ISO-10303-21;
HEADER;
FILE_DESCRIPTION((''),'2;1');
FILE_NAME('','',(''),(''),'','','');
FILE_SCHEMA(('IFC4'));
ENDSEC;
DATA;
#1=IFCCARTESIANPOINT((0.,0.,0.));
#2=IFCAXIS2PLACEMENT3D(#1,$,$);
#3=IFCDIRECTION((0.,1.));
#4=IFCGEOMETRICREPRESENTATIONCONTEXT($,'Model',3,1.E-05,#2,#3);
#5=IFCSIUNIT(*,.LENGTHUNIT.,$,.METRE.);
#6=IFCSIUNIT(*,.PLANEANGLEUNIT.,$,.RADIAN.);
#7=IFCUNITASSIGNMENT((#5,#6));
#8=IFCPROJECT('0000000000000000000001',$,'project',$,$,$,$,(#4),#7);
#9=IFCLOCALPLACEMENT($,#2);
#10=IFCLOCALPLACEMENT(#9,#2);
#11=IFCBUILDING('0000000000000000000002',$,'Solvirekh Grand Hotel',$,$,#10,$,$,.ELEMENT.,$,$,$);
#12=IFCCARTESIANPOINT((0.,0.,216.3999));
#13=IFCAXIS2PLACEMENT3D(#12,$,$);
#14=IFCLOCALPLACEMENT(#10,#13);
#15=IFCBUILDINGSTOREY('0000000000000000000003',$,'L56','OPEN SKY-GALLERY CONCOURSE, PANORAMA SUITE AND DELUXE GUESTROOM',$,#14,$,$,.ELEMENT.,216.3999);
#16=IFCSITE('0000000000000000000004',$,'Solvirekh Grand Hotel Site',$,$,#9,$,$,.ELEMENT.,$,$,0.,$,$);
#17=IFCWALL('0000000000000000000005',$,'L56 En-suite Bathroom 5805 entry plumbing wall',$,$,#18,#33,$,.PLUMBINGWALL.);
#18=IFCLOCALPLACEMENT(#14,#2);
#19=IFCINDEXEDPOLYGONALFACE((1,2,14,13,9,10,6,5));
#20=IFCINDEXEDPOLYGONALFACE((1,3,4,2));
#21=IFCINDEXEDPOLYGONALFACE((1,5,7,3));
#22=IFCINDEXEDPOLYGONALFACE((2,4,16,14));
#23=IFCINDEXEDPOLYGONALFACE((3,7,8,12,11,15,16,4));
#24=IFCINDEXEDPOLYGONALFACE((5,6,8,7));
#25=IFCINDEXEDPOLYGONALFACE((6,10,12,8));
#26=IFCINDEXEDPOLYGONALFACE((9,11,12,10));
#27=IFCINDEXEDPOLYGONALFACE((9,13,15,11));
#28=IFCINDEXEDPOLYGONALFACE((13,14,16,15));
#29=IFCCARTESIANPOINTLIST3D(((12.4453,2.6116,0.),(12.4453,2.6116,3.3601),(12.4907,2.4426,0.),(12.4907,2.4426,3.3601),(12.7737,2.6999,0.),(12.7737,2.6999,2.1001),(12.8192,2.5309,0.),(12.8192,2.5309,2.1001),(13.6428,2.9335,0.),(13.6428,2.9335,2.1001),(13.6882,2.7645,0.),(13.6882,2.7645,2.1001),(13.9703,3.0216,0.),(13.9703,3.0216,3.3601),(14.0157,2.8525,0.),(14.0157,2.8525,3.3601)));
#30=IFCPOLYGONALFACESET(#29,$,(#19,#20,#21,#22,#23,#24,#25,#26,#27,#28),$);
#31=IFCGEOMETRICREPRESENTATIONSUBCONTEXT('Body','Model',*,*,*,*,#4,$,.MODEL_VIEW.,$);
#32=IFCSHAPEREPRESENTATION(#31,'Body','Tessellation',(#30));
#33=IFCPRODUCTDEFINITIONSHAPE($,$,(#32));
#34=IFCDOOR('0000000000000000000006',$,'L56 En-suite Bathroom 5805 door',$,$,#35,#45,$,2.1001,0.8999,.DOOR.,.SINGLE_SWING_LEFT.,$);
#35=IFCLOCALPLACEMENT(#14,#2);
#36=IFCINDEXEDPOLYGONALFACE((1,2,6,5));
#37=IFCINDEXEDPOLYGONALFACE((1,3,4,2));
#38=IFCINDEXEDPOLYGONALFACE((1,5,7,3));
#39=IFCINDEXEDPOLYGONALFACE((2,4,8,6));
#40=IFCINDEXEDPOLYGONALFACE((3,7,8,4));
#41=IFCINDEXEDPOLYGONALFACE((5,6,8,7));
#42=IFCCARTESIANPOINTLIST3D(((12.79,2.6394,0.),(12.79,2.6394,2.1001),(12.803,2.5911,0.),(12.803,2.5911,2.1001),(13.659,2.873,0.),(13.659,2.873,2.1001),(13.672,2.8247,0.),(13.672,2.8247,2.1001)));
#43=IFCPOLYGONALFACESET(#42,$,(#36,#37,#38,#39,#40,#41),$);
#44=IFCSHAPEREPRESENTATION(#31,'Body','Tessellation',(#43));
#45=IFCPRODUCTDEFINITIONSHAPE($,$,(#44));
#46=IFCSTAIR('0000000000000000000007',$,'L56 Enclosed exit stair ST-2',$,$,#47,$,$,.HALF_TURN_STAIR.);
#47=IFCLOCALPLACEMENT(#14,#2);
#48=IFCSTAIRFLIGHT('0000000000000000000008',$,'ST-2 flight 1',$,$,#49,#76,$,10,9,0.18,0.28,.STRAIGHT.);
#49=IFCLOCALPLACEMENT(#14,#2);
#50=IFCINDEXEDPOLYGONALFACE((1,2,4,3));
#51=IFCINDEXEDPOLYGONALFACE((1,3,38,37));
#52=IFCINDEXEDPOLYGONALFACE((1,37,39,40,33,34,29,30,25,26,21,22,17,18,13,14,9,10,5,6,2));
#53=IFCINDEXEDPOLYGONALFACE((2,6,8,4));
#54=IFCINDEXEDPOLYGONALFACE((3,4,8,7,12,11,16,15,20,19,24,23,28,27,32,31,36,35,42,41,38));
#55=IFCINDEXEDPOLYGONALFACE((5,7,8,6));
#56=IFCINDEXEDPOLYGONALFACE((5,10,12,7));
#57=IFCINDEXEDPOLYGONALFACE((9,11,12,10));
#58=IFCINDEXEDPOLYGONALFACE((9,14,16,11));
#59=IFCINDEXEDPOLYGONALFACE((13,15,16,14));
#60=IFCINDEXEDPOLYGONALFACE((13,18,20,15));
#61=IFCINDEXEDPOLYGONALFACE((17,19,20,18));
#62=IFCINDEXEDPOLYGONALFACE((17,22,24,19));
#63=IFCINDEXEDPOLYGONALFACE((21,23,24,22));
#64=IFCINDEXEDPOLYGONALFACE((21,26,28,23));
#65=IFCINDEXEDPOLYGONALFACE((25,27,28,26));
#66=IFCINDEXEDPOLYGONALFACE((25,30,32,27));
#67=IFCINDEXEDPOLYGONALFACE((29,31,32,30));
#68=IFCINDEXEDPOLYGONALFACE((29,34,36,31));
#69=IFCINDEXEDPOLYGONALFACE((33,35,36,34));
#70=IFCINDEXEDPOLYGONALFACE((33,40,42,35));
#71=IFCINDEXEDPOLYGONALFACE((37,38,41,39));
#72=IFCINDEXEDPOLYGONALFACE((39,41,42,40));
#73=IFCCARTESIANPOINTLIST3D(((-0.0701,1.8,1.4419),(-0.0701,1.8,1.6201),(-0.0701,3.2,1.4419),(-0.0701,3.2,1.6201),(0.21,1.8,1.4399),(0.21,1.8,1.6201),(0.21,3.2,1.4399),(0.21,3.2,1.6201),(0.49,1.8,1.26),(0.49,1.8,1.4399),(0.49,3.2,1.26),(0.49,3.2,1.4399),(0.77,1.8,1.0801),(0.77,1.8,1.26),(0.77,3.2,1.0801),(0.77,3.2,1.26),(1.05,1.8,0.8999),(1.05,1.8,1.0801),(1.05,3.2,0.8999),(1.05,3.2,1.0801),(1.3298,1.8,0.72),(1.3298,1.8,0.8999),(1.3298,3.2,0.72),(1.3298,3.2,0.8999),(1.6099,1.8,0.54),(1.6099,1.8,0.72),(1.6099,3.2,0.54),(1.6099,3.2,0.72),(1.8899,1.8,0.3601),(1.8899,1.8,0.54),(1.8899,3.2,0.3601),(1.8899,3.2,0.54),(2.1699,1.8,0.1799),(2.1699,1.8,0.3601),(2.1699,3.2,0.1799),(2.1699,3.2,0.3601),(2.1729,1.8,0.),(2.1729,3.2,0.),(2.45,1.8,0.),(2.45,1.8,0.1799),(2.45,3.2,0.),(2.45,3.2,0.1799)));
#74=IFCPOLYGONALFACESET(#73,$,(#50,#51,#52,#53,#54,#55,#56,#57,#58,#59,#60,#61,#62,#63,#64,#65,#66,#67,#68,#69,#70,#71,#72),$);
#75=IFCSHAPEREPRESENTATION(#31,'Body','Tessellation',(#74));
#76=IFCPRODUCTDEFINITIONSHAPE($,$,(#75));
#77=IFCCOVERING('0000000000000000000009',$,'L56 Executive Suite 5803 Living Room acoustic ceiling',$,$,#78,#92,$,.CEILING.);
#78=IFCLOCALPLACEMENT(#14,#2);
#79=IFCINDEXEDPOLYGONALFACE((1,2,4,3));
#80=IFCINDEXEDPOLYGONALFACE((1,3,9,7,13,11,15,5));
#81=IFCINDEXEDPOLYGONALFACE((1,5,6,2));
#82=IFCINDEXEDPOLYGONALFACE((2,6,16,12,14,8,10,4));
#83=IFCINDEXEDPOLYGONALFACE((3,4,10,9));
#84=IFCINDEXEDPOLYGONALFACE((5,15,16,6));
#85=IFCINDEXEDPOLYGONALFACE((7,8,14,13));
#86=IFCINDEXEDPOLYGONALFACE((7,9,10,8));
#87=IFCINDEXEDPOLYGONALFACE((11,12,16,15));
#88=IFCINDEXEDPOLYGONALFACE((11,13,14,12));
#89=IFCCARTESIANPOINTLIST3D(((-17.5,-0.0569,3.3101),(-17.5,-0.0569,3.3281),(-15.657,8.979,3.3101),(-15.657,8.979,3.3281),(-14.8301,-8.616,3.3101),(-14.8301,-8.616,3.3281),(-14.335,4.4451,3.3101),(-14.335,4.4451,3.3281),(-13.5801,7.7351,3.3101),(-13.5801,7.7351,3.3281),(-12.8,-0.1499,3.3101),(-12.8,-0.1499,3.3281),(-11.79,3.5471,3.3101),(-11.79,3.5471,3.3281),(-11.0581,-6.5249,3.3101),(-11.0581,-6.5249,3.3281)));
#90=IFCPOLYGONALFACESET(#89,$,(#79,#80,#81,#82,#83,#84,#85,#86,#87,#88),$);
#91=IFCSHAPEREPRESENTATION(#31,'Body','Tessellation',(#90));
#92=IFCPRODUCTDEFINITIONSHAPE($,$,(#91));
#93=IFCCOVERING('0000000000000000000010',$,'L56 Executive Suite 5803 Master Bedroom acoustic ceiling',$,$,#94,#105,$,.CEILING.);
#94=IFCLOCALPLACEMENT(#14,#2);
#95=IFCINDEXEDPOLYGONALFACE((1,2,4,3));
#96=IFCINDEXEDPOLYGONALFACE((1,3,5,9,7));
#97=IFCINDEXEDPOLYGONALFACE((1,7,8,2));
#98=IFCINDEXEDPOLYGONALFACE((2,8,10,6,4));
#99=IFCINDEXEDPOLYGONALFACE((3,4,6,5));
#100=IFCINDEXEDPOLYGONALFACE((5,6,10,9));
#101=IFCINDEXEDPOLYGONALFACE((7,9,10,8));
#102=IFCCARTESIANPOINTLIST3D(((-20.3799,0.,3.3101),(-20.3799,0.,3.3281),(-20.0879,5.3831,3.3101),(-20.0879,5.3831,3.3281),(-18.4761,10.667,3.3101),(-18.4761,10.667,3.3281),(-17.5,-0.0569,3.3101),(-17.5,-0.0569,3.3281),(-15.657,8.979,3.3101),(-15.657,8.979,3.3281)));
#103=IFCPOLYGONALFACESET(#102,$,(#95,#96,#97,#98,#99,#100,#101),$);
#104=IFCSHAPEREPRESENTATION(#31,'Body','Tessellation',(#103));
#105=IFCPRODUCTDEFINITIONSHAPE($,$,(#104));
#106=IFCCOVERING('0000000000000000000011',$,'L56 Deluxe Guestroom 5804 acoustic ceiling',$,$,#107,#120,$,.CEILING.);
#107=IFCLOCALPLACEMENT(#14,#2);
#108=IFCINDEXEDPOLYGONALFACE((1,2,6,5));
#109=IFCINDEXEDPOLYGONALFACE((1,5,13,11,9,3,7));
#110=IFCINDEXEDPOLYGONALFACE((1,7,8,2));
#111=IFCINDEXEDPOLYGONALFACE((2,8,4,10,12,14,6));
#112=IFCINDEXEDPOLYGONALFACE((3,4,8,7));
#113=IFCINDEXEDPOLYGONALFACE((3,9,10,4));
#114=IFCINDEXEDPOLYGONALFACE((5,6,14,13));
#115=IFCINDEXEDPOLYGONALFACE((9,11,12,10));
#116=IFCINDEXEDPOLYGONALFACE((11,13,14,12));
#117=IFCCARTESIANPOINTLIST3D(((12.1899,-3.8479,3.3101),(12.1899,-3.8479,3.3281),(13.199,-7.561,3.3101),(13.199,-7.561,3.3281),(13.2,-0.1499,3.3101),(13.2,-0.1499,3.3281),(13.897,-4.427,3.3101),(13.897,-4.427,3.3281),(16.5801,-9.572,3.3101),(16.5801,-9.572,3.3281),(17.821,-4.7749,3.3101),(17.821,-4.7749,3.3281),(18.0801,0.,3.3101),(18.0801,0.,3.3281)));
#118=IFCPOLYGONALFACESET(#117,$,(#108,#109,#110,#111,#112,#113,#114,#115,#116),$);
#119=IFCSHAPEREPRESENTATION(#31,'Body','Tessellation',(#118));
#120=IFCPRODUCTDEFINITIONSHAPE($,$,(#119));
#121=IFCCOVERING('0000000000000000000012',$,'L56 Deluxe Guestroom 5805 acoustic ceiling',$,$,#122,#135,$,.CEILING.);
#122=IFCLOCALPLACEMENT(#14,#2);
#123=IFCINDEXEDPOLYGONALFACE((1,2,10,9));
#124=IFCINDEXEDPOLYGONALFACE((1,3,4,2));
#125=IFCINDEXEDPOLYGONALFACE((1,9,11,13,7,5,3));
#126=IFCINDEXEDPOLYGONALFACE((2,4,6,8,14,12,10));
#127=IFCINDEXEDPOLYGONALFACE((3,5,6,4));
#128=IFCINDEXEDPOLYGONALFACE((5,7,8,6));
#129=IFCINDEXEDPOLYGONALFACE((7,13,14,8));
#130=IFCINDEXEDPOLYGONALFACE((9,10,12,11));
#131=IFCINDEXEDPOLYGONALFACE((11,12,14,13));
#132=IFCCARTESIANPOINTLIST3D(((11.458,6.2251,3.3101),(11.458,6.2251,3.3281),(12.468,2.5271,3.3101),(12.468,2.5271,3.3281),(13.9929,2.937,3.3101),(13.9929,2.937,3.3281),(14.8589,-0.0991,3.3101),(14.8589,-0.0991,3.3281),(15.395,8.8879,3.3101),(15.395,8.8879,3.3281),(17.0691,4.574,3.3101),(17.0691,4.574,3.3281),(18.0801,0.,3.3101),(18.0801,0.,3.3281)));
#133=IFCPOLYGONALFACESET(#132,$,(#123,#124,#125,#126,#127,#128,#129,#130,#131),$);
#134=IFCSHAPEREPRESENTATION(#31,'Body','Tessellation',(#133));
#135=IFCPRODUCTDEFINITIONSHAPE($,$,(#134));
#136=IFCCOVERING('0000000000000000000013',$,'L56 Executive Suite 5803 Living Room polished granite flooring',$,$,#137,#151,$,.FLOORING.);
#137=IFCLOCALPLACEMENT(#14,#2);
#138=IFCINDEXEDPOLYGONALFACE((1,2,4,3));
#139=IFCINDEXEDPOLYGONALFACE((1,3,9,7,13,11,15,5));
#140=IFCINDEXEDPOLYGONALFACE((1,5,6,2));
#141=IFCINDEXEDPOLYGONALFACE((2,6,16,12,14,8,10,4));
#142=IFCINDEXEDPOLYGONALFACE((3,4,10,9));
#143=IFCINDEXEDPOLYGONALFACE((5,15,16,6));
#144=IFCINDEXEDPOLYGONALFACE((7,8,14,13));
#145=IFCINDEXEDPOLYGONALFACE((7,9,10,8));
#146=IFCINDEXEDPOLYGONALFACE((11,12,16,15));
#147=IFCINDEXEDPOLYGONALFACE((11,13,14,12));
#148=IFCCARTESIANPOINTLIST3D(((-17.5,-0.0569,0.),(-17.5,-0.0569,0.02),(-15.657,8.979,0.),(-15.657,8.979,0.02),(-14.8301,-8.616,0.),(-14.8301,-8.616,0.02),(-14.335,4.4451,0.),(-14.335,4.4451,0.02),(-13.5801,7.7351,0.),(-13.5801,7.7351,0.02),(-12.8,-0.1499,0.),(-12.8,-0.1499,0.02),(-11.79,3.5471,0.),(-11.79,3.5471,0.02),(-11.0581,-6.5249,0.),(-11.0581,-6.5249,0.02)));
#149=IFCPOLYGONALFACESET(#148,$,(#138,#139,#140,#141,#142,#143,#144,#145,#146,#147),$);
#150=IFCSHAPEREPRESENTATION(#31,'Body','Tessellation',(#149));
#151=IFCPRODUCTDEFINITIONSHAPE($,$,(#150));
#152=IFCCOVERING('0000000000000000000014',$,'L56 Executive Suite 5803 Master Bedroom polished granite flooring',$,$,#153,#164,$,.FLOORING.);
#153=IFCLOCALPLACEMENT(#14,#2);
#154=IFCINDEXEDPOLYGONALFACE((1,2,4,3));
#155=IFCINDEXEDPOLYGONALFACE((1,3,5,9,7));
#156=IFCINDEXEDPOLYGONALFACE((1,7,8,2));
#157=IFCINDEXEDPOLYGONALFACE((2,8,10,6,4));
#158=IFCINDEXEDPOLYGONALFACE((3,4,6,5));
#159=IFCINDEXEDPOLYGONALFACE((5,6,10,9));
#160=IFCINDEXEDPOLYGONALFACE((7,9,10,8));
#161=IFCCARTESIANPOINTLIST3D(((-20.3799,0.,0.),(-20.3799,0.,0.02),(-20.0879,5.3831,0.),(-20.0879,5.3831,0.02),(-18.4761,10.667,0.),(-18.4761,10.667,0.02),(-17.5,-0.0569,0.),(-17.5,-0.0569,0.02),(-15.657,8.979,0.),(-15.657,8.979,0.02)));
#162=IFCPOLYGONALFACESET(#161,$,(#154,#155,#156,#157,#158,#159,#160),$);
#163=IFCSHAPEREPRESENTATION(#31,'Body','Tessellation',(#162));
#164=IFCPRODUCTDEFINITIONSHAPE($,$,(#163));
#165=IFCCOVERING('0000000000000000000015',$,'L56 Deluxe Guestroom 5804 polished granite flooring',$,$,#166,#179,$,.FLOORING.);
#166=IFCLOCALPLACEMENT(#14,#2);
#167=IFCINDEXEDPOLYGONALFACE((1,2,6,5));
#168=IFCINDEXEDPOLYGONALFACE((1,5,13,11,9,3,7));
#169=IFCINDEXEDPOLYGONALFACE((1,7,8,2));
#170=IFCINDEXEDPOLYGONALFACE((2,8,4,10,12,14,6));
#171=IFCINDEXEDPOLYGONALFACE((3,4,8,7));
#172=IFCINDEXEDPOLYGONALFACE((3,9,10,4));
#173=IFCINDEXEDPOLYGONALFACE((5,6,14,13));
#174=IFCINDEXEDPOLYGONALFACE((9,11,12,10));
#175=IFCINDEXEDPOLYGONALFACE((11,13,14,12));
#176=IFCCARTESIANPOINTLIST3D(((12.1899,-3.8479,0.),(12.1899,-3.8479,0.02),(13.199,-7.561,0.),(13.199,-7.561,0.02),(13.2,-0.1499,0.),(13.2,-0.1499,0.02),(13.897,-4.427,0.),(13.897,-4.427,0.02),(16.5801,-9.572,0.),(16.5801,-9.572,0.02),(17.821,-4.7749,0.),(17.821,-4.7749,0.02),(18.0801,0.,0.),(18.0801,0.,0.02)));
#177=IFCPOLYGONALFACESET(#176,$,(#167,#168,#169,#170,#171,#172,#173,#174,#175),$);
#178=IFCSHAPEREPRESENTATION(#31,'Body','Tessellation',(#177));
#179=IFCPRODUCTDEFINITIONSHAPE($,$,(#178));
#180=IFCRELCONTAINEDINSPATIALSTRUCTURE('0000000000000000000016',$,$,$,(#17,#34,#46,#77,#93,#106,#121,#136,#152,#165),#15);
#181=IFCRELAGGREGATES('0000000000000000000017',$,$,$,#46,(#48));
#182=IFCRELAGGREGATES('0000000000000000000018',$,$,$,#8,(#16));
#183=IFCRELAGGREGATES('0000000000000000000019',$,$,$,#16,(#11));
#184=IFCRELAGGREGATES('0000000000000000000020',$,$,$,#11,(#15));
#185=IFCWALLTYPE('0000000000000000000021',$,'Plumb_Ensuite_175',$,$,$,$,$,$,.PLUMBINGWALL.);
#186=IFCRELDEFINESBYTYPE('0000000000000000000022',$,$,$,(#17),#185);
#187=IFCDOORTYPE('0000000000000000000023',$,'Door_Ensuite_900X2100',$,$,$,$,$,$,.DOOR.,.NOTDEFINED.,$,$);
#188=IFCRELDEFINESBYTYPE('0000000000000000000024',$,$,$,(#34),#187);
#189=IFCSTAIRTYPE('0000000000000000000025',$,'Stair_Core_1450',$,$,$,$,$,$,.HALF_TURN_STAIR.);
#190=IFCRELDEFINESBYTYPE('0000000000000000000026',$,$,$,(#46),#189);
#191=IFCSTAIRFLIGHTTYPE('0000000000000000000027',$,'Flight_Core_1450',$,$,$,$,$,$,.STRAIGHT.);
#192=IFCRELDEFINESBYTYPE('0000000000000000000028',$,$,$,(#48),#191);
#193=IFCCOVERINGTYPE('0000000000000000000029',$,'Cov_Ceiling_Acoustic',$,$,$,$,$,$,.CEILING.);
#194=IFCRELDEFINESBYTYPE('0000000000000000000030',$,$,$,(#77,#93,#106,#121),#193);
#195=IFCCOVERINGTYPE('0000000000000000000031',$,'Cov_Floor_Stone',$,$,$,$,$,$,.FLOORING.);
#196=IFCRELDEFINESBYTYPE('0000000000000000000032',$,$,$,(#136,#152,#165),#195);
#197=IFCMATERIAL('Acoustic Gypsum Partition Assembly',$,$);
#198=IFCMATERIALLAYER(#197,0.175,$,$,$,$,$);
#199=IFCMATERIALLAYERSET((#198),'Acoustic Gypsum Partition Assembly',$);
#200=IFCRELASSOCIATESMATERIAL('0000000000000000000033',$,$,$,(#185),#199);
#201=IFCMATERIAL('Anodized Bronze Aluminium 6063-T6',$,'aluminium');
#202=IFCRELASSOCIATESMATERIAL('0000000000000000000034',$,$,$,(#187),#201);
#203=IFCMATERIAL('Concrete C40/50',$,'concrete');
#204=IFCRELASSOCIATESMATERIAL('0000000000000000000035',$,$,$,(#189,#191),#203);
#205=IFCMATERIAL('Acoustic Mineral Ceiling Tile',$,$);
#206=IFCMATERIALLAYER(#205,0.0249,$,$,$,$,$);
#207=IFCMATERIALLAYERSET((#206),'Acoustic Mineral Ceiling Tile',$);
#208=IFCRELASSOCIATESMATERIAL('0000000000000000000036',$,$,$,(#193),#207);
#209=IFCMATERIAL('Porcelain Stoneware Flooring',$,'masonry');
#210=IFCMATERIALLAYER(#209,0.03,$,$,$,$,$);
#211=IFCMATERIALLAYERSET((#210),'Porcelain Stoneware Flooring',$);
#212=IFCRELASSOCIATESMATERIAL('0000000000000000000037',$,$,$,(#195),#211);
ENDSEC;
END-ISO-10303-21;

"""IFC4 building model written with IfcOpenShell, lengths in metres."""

from ifc_helpers import new_model, si_unit, direction, frame, frame_2d, origin, place, context, subcontext, project, spatial, polyline, rectangle, outline, extrude, material, layer, layer_set, type_object, element, fill, aggregate, save


model = new_model("IFC4")

# Units and contexts
model_context = context("Model", 3, precision=1e-05, world=origin(), true_north=direction((0.0, 1.0)))
body_context = subcontext(model_context, "Body", "Model", "MODEL_VIEW")
ifc_project = project(units=[si_unit("LENGTHUNIT", "METRE"), si_unit("PLANEANGLEUNIT", "RADIAN")], contexts=[model_context])

# Site, building, storey
site_placement = place(None, origin())
site = spatial("IfcSite", under=ifc_project, at=site_placement, Name="Solvirekh Grand Hotel Site", CompositionType="ELEMENT", RefElevation=0.0)
building_placement = place(site_placement, origin())
building = spatial("IfcBuilding", under=site, at=building_placement, Name="Solvirekh Grand Hotel", CompositionType="ELEMENT")
storey_placement = place(building_placement, frame((0.0, 0.0, 216.3999)))
storey = spatial("IfcBuildingStorey", under=building, at=storey_placement, Name="L56", Description="OPEN SKY-GALLERY CONCOURSE, PANORAMA SUITE AND DELUXE GUESTROOM", CompositionType="ELEMENT", Elevation=216.3999)

# Shared definitions
ifc_material_1 = material(Name="Concrete C40/50", Category="concrete")

# Shared definitions
ifc_material_2 = material(Name="Anodized Bronze Aluminium 6063-T6", Category="aluminium")
ifc_material_3 = material(Name="Acoustic Gypsum Partition Assembly")

# Wall, opening, door
ifc_layer_1 = layer(ifc_material_3, 0.175)
ifc_layer_set_1 = layer_set([ifc_layer_1], Name="Acoustic Gypsum Partition Assembly")
wall_type_1 = type_object("IfcWallType", Name="Plumb_Ensuite_175", PredefinedType="PLUMBINGWALL", material=ifc_layer_set_1)
wall_1_placement = place(storey_placement, frame((12.468, 2.5271, 0.0), z_axis=(0.0, 0.0, 1.0), x_axis=(0.965717, 0.259596, 0.0)))
wall_1 = element("IfcWall", 1, at=wall_1_placement, inside=storey, type_object=wall_type_1, Name="L56 En-suite Bathroom 5805 entry plumbing wall", PredefinedType="PLUMBINGWALL", context=body_context, shape_type="SweptSolid", body=[
    extrude(rectangle(XDim=1.5791, YDim=0.175, at=frame_2d((0.7896, 0.0))), origin(), (0.0, 0.0, 1.0), 3.3601),
])
opening_1_placement = place(wall_1_placement, frame((0.3401, 0.0, 0.0)))
opening_1 = element("IfcOpeningElement", 2, at=opening_1_placement, cuts=wall_1, PredefinedType="OPENING", context=body_context, shape_type="SweptSolid", body=[
    extrude(rectangle(XDim=0.8999, YDim=2.1001, at=frame_2d((0.45, 1.05))), frame((0.0, 0.0977, 0.0), z_axis=(0.0, -1.0, 0.0), x_axis=(1.0, 0.0, 0.0)), (0.0, 0.0, 1.0), 0.1951),
])
door_type_1 = type_object("IfcDoorType", Name="Door_Ensuite_900X2100", OperationType="NOTDEFINED", PredefinedType="DOOR", material=ifc_material_2)
door_1_placement = place(opening_1_placement, origin())
door_1 = element("IfcDoor", 3, at=door_1_placement, inside=storey, type_object=door_type_1, Name="L56 En-suite Bathroom 5805 door", OperationType="SINGLE_SWING_LEFT", OverallHeight=2.1001, OverallWidth=0.8999, PredefinedType="DOOR", context=body_context, shape_type="SweptSolid", body=[
    extrude(rectangle(XDim=0.8999, YDim=2.1001, at=frame_2d((0.45, 1.05))), frame((0.0, 0.0249, 0.0), z_axis=(0.0, -1.0, 0.0), x_axis=(1.0, 0.0, 0.0)), (0.0, 0.0, 1.0), 0.05),
])
fill(opening_1, door_1)

# Stair, stair flight
stair_type = type_object("IfcStairType", Name="Stair_Core_1450", PredefinedType="HALF_TURN_STAIR", material=ifc_material_1)
stair_placement = place(storey_placement, origin())
stair = element("IfcStair", 4, at=stair_placement, inside=storey, type_object=stair_type, Name="L56 Enclosed exit stair ST-2", PredefinedType="HALF_TURN_STAIR")
stair_flight_type = type_object("IfcStairFlightType", Name="Flight_Core_1450", PredefinedType="STRAIGHT", material=ifc_material_1)
stair_flight_placement = place(storey_placement, frame((2.45, 2.5, 0.0), z_axis=(0.0, 0.0, 1.0), x_axis=(-1.0, 0.0, 0.0)))
stair_flight = element("IfcStairFlight", 5, at=stair_flight_placement, type_object=stair_flight_type, Name="ST-2 flight 1", NumberOfRisers=10, NumberOfTreads=9, PredefinedType="STRAIGHT", RiserHeight=0.18, TreadLength=0.28, context=body_context, shape_type="SweptSolid", body=[
    extrude(outline(polyline([(0.0, 0.0), (0.0, 0.1799), (0.28, 0.1799), (0.28, 0.3601), (0.5601, 0.3601), (0.5601, 0.54), (0.8401, 0.54), (0.8401, 0.72), (1.1201, 0.72), (1.1201, 0.8999), (1.3999, 0.8999), (1.3999, 1.0801), (1.6799, 1.0801), (1.6799, 1.26), (1.96, 1.26), (1.96, 1.4399), (2.24, 1.4399), (2.24, 1.6201), (2.52, 1.6201), (2.52, 1.8), (2.52, 1.4419), (0.2771, 0.0), (0.0, 0.0)])), frame((0.0, 0.7, 0.0), z_axis=(0.0, -1.0, 0.0), x_axis=(1.0, 0.0, 0.0)), (0.0, 0.0, 1.0), 1.3999),
])
aggregate(stair, [stair_flight])

# Coverings
ifc_material_4 = material(Name="Acoustic Mineral Ceiling Tile")
ifc_layer_2 = layer(ifc_material_4, 0.0249)
ifc_layer_set_2 = layer_set([ifc_layer_2], Name="Acoustic Mineral Ceiling Tile")
covering_type_1 = type_object("IfcCoveringType", Name="Cov_Ceiling_Acoustic", PredefinedType="CEILING", material=ifc_layer_set_2)
covering_1_placement = place(storey_placement, frame((0.0, 0.0, 3.3101)))
element("IfcCovering", 6, at=covering_1_placement, inside=storey, type_object=covering_type_1, Name="L56 Executive Suite 5803 Living Room acoustic ceiling", PredefinedType="CEILING", context=body_context, shape_type="SweptSolid", body=[
    extrude(outline(polyline([(-14.335, 4.4451), (-13.5801, 7.7351), (-15.657, 8.979), (-17.5, -0.0569), (-14.8301, -8.616), (-11.0581, -6.5249), (-12.8, -0.1499), (-11.79, 3.5471), (-14.335, 4.4451)])), origin(), (0.0, 0.0, 1.0), 0.0181),
])
covering_2_placement = place(storey_placement, frame((0.0, 0.0, 3.3101)))
element("IfcCovering", 7, at=covering_2_placement, inside=storey, type_object=covering_type_1, Name="L56 Executive Suite 5803 Master Bedroom acoustic ceiling", PredefinedType="CEILING", context=body_context, shape_type="SweptSolid", body=[
    extrude(outline(polyline([(-18.4761, 10.667), (-20.0879, 5.3831), (-20.3799, 0.0), (-17.5, -0.0569), (-15.657, 8.979), (-18.4761, 10.667)])), origin(), (0.0, 0.0, 1.0), 0.0181),
])
covering_3_placement = place(storey_placement, frame((0.0, 0.0, 3.3101)))
element("IfcCovering", 8, at=covering_3_placement, inside=storey, type_object=covering_type_1, Name="L56 Deluxe Guestroom 5804 acoustic ceiling", PredefinedType="CEILING", context=body_context, shape_type="SweptSolid", body=[
    extrude(outline(polyline([(13.897, -4.427), (13.199, -7.561), (16.5801, -9.572), (17.821, -4.7749), (18.0801, 0.0), (13.2, -0.1499), (12.1899, -3.8479), (13.897, -4.427)])), origin(), (0.0, 0.0, 1.0), 0.0181),
])
covering_4_placement = place(storey_placement, frame((0.0, 0.0, 3.3101)))
element("IfcCovering", 9, at=covering_4_placement, inside=storey, type_object=covering_type_1, Name="L56 Deluxe Guestroom 5805 acoustic ceiling", PredefinedType="CEILING", context=body_context, shape_type="SweptSolid", body=[
    extrude(outline(polyline([(13.9929, 2.937), (14.8589, -0.0991), (18.0801, 0.0), (17.0691, 4.574), (15.395, 8.8879), (11.458, 6.2251), (12.468, 2.5271), (13.9929, 2.937)])), origin(), (0.0, 0.0, 1.0), 0.0181),
])
ifc_material_5 = material(Name="Porcelain Stoneware Flooring", Category="masonry")
ifc_layer_3 = layer(ifc_material_5, 0.03)
ifc_layer_set_3 = layer_set([ifc_layer_3], Name="Porcelain Stoneware Flooring")
covering_type_2 = type_object("IfcCoveringType", Name="Cov_Floor_Stone", PredefinedType="FLOORING", material=ifc_layer_set_3)
covering_5_placement = place(storey_placement, origin())
element("IfcCovering", 10, at=covering_5_placement, inside=storey, type_object=covering_type_2, Name="L56 Executive Suite 5803 Living Room polished granite flooring", PredefinedType="FLOORING", context=body_context, shape_type="SweptSolid", body=[
    extrude(outline(polyline([(-14.335, 4.4451), (-13.5801, 7.7351), (-15.657, 8.979), (-17.5, -0.0569), (-14.8301, -8.616), (-11.0581, -6.5249), (-12.8, -0.1499), (-11.79, 3.5471), (-14.335, 4.4451)])), origin(), (0.0, 0.0, 1.0), 0.02),
])
covering_6_placement = place(storey_placement, origin())
element("IfcCovering", 11, at=covering_6_placement, inside=storey, type_object=covering_type_2, Name="L56 Executive Suite 5803 Master Bedroom polished granite flooring", PredefinedType="FLOORING", context=body_context, shape_type="SweptSolid", body=[
    extrude(outline(polyline([(-18.4761, 10.667), (-20.0879, 5.3831), (-20.3799, 0.0), (-17.5, -0.0569), (-15.657, 8.979), (-18.4761, 10.667)])), origin(), (0.0, 0.0, 1.0), 0.02),
])
covering_7_placement = place(storey_placement, origin())
element("IfcCovering", 12, at=covering_7_placement, inside=storey, type_object=covering_type_2, Name="L56 Deluxe Guestroom 5804 polished granite flooring", PredefinedType="FLOORING", context=body_context, shape_type="SweptSolid", body=[
    extrude(outline(polyline([(13.897, -4.427), (13.199, -7.561), (16.5801, -9.572), (17.821, -4.7749), (18.0801, 0.0), (13.2, -0.1499), (12.1899, -3.8479), (13.897, -4.427)])), origin(), (0.0, 0.0, 1.0), 0.02),
])

save(model, "model.ifc")
